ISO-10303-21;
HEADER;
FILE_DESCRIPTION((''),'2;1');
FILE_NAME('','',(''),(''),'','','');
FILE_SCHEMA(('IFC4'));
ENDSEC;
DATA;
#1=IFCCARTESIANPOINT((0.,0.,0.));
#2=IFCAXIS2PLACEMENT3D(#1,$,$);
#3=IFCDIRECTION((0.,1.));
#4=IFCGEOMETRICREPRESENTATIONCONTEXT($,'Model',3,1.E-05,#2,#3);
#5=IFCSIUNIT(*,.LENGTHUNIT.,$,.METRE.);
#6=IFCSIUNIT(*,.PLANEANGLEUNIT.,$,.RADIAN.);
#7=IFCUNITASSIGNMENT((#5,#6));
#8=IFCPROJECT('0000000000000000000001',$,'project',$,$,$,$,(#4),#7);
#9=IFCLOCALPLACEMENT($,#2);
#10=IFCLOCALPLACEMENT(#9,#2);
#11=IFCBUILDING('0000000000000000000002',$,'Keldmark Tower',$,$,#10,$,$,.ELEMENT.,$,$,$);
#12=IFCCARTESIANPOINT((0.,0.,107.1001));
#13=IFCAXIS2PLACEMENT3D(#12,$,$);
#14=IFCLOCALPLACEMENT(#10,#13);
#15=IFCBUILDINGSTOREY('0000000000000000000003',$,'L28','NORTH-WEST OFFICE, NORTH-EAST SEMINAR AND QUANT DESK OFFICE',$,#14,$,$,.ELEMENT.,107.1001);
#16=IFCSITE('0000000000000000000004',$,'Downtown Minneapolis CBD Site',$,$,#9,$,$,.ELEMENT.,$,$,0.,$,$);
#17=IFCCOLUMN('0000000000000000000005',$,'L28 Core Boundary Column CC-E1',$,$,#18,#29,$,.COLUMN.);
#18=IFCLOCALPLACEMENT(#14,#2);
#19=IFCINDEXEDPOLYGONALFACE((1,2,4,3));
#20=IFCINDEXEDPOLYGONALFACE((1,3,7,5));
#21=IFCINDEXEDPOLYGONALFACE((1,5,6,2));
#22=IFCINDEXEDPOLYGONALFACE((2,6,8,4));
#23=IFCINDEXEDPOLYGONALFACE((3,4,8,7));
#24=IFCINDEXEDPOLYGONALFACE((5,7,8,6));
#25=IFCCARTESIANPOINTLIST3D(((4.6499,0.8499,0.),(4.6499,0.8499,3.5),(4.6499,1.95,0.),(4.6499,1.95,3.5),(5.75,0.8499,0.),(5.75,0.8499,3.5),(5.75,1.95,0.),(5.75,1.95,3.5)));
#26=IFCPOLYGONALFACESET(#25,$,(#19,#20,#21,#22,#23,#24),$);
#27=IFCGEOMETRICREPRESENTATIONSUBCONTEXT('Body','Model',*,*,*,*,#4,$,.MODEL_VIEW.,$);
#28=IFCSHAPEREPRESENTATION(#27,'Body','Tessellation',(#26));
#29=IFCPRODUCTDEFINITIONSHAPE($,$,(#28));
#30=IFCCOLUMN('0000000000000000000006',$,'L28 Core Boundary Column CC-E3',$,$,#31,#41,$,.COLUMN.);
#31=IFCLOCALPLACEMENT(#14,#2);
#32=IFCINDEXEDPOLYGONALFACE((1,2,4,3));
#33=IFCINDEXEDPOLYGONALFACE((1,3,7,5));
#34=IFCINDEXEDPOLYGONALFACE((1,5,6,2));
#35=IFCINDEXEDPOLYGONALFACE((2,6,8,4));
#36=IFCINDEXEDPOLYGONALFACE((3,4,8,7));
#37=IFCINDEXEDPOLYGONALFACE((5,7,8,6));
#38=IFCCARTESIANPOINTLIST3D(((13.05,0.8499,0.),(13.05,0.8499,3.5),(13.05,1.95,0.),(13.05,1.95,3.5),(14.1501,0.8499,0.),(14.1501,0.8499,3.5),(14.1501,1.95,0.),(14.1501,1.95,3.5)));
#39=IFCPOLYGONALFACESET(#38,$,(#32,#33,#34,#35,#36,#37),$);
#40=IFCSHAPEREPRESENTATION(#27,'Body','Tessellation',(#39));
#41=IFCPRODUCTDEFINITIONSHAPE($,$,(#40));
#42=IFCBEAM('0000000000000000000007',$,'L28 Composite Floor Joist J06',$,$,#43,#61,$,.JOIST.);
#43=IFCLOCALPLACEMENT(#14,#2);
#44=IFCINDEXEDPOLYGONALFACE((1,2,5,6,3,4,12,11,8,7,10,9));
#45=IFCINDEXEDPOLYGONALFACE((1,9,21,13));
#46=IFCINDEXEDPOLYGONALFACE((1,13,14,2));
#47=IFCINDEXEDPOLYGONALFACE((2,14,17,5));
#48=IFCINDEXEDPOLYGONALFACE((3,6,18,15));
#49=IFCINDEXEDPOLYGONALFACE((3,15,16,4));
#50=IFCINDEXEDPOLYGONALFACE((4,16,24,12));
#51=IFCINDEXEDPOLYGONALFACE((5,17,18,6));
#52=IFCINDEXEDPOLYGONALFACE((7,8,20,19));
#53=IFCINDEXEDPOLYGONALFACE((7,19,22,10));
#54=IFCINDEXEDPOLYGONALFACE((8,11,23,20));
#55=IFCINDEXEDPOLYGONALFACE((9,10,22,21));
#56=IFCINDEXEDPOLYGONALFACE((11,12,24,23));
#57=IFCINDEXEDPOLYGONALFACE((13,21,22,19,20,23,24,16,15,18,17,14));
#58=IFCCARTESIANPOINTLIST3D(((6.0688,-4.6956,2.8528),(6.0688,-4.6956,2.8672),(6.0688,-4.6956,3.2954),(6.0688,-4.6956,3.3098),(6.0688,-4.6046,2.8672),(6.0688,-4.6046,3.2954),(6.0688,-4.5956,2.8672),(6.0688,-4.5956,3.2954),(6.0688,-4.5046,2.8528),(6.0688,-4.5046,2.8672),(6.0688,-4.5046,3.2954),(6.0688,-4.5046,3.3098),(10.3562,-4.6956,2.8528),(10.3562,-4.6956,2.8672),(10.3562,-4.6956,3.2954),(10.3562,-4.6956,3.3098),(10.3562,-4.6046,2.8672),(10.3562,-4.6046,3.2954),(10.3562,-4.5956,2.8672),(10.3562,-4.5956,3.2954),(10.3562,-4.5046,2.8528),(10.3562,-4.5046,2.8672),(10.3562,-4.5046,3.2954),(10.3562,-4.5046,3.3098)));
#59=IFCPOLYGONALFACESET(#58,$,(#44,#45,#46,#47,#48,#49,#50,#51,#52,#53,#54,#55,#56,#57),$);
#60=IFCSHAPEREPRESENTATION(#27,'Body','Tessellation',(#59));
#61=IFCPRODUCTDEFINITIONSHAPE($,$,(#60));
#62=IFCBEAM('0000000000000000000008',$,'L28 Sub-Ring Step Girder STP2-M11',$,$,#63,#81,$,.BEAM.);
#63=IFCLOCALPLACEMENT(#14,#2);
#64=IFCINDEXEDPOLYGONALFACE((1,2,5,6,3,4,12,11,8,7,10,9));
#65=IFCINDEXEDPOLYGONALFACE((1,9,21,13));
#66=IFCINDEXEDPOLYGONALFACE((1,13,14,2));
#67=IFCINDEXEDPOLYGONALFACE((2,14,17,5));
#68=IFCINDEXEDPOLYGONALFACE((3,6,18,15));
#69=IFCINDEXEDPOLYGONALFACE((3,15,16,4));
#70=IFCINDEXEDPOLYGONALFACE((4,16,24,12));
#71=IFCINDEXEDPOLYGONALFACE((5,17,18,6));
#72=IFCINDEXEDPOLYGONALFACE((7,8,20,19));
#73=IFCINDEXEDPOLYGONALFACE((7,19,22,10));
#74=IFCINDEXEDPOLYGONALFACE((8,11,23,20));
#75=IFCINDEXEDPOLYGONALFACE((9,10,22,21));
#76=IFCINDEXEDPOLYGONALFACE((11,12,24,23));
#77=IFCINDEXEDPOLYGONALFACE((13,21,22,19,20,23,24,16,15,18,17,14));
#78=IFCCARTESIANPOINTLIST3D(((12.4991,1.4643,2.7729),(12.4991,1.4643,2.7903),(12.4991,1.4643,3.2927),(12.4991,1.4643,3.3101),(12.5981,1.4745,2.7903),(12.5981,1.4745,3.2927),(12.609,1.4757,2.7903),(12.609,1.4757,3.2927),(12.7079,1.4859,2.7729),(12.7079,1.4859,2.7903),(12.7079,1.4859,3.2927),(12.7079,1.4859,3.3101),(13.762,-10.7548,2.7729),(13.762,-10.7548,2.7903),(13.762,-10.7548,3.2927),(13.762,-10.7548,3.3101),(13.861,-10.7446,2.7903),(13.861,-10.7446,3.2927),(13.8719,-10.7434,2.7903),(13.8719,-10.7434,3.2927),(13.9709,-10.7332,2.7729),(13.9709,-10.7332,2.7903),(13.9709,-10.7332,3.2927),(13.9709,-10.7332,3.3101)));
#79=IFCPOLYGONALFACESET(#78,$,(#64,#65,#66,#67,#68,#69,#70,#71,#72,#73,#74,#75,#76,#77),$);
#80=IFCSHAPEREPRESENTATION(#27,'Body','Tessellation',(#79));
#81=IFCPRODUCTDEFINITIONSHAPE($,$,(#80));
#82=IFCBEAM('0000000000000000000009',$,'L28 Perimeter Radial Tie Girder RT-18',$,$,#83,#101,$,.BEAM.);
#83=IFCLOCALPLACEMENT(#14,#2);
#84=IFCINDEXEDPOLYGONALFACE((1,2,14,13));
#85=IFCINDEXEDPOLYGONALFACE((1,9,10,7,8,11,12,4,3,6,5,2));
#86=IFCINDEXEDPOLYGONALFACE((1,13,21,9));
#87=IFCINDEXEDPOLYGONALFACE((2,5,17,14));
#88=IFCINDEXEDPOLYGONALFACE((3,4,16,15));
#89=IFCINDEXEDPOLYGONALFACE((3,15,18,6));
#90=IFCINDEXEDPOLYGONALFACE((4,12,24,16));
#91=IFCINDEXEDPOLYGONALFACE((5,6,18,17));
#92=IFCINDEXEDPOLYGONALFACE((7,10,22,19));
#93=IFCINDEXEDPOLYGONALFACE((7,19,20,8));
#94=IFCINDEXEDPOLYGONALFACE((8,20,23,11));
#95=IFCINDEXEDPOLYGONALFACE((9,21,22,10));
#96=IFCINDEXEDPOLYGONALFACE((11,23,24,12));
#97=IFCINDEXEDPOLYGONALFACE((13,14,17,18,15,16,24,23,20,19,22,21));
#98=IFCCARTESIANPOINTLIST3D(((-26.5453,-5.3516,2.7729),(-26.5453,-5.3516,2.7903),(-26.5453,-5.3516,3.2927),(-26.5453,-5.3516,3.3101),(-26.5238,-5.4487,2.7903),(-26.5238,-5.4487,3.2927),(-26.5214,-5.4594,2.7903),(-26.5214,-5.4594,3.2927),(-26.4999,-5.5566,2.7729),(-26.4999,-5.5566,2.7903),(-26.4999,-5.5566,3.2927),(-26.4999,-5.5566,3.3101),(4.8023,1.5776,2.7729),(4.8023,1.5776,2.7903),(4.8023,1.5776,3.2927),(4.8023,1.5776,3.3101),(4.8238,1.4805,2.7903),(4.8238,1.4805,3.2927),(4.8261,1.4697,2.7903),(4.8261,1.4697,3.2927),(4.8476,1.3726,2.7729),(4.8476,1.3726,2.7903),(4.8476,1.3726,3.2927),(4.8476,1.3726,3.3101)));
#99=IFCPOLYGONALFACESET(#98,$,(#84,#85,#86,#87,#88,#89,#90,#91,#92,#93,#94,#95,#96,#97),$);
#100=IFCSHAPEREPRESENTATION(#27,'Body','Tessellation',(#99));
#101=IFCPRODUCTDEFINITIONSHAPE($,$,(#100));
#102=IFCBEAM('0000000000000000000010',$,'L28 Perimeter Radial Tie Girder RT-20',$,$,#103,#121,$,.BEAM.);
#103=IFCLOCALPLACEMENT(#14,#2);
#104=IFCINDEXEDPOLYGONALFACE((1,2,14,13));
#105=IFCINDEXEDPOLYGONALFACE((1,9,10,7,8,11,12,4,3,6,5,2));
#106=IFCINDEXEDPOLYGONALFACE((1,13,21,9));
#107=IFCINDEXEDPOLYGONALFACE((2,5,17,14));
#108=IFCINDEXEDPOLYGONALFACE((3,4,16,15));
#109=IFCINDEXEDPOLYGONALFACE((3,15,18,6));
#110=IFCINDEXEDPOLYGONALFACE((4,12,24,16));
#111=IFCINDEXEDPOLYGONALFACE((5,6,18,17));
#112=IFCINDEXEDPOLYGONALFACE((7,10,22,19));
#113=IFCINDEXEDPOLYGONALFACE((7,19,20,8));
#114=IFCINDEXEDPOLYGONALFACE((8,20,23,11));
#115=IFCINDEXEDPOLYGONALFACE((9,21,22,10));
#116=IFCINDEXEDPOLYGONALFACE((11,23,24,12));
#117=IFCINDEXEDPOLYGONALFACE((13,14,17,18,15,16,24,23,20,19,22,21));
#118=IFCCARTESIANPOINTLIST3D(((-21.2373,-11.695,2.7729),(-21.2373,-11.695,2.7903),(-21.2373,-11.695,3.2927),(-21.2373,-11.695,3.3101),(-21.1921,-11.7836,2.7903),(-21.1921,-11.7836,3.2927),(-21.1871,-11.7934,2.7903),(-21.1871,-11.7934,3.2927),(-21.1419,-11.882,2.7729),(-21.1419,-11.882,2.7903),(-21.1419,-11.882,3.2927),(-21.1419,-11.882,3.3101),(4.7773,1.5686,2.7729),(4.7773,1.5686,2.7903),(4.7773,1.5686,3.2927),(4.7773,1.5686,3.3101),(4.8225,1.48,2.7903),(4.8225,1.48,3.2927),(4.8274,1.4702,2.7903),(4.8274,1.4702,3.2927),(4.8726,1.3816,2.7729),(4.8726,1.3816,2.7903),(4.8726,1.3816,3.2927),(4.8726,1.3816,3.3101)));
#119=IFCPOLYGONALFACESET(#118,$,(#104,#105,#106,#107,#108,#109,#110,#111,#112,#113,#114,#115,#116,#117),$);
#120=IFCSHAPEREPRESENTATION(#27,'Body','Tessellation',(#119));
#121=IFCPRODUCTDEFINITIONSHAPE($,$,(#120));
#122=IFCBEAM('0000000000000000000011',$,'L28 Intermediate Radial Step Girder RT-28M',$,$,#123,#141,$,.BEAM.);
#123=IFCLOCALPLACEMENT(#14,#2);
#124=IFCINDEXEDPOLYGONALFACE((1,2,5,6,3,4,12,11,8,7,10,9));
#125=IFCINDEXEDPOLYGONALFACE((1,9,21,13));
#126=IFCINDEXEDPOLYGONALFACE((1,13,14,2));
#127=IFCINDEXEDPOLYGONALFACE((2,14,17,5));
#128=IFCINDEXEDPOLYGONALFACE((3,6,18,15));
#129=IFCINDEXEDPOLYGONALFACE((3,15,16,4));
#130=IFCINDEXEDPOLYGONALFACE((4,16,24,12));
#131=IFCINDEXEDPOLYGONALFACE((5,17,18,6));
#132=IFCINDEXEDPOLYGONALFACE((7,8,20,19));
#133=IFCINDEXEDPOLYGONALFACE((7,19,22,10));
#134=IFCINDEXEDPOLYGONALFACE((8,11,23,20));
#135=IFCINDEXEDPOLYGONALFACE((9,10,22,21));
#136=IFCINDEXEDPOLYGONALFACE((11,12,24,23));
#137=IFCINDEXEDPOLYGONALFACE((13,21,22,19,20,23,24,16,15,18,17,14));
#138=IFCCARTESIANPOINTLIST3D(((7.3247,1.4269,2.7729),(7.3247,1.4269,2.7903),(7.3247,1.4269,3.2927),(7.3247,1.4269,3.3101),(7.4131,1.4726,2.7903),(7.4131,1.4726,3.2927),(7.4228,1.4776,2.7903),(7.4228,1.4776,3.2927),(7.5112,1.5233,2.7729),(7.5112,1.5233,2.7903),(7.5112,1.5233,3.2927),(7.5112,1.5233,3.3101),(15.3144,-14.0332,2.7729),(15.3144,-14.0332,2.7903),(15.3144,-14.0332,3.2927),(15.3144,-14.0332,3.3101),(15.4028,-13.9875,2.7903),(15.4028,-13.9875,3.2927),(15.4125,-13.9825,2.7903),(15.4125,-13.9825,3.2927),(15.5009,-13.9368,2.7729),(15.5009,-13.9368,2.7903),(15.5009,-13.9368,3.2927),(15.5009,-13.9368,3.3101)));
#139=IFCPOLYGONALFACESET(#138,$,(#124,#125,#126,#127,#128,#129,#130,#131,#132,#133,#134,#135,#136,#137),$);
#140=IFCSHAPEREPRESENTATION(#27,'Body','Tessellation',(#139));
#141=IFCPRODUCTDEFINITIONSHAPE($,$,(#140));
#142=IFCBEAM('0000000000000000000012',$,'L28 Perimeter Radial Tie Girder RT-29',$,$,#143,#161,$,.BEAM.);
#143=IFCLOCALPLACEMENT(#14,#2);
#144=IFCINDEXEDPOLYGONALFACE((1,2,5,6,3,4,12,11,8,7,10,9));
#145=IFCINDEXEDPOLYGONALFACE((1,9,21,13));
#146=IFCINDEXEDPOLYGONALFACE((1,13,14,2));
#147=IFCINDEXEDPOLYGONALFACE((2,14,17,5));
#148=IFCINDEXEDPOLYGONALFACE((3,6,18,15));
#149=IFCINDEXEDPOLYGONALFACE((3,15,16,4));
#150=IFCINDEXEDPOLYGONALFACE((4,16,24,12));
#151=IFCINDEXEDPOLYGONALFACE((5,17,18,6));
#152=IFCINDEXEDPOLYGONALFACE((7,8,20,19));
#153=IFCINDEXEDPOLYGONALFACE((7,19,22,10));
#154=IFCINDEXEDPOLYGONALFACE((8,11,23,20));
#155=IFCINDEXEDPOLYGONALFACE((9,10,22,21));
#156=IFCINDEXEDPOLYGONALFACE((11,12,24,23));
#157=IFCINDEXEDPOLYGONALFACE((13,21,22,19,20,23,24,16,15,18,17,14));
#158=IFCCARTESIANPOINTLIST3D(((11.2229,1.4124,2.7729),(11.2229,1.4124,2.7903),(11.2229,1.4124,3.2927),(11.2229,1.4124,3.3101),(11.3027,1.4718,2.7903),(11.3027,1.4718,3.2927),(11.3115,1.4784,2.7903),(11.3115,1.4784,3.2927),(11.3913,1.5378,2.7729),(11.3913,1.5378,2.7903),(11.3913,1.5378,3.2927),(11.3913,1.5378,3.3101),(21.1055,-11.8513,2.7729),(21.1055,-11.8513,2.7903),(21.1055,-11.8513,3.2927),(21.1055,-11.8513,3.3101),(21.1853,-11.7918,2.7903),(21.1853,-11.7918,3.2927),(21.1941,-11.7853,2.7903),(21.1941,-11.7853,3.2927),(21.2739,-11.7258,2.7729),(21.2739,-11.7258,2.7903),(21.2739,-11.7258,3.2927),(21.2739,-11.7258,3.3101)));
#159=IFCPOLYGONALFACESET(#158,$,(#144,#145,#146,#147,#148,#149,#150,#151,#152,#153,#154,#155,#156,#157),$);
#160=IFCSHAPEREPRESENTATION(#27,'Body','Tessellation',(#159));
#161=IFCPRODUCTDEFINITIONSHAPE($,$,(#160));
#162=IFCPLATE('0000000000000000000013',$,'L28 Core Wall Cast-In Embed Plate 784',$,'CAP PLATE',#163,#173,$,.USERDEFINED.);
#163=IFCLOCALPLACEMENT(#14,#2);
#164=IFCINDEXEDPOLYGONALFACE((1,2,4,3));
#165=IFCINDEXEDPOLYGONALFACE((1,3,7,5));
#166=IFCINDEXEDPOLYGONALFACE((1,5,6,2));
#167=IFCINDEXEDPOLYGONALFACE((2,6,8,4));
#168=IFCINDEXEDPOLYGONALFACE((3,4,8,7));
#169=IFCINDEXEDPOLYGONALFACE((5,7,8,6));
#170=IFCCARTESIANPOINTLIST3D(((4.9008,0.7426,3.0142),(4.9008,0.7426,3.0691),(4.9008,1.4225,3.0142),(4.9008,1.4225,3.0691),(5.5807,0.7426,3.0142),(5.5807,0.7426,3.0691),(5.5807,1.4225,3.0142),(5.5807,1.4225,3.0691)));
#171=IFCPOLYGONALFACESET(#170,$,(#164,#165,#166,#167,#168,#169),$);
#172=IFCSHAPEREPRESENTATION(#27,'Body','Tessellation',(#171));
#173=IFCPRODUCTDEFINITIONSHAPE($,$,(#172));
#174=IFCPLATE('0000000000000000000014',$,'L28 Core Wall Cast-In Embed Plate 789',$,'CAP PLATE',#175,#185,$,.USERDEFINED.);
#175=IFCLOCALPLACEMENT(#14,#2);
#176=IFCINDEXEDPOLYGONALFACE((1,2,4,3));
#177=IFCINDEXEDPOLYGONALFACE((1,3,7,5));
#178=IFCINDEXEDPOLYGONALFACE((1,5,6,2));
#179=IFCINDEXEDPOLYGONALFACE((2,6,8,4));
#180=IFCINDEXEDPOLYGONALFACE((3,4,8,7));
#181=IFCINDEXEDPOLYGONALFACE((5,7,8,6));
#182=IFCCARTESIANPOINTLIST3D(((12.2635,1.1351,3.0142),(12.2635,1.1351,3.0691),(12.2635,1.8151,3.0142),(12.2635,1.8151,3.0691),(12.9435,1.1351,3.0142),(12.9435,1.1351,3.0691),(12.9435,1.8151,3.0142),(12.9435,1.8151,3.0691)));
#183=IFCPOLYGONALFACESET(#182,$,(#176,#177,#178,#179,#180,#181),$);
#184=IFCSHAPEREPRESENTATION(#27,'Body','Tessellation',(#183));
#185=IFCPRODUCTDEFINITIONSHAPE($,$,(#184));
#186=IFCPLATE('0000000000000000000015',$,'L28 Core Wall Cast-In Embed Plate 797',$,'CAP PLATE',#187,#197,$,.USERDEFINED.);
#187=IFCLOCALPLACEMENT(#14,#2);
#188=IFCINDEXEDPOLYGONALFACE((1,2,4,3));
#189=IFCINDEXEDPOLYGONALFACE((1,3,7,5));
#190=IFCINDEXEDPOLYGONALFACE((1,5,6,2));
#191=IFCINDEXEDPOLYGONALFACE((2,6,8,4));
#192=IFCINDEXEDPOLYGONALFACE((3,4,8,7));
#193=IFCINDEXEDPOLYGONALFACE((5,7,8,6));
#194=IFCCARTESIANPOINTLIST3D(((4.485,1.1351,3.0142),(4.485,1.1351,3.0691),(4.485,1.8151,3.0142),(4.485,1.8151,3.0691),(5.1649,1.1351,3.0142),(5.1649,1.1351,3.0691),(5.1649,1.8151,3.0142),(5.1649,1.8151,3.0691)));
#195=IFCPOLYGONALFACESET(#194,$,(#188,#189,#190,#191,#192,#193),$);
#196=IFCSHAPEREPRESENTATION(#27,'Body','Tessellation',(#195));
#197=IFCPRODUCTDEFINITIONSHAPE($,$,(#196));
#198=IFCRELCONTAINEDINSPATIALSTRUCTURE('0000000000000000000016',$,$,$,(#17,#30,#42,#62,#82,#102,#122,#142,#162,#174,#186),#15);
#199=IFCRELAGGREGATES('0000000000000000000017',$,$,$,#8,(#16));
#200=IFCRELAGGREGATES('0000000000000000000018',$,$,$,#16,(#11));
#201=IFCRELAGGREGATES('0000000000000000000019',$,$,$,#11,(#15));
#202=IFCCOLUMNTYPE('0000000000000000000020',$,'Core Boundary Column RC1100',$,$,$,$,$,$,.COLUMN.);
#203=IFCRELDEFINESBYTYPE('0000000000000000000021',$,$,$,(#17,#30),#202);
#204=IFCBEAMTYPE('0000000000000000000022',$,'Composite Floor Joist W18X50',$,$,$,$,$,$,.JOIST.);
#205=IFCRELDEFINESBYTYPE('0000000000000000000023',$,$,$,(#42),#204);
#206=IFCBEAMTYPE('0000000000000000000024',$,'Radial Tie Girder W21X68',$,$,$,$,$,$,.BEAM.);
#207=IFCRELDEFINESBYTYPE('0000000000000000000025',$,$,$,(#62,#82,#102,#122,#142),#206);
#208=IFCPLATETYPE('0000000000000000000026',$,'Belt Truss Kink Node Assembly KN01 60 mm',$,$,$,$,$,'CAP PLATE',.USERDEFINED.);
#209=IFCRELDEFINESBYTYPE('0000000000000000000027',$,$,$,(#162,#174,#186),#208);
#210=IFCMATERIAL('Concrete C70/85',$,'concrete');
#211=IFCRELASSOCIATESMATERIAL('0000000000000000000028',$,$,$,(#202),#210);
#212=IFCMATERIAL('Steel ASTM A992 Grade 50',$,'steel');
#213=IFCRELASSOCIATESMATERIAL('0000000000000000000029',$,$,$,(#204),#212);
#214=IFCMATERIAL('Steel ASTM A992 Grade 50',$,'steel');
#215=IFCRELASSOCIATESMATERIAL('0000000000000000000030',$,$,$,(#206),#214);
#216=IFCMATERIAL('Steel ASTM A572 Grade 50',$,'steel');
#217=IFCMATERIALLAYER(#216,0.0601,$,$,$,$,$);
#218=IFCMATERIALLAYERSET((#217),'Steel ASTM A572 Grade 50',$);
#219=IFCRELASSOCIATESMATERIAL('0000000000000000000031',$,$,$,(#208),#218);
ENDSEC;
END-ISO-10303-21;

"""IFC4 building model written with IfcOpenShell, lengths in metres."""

from ifc_helpers import new_model, si_unit, direction, frame, origin, origin_2d, place, context, subcontext, project, spatial, rectangle, i_section, extrude, material, layer, layer_set, material_profile, profile_set, type_object, element, save


model = new_model("IFC4")

# Units and contexts
model_context = context("Model", 3, precision=1e-05, world=origin(), true_north=direction((0.0, 1.0)))
body_context = subcontext(model_context, "Body", "Model", "MODEL_VIEW")
ifc_project = project(units=[si_unit("LENGTHUNIT", "METRE"), si_unit("PLANEANGLEUNIT", "RADIAN")], contexts=[model_context])

# Site, building, storey
site_placement = place(None, origin())
site = spatial("IfcSite", under=ifc_project, at=site_placement, Name="Downtown Minneapolis CBD Site", CompositionType="ELEMENT", RefElevation=0.0)
building_placement = place(site_placement, origin())
building = spatial("IfcBuilding", under=site, at=building_placement, Name="Keldmark Tower", CompositionType="ELEMENT")
storey_placement = place(building_placement, frame((0.0, 0.0, 107.1001)))
storey = spatial("IfcBuildingStorey", under=building, at=storey_placement, Name="L28", Description="NORTH-WEST OFFICE, NORTH-EAST SEMINAR AND QUANT DESK OFFICE", CompositionType="ELEMENT", Elevation=107.1001)

# Columns
ifc_material_1 = material(Name="Concrete C70/85", Category="concrete")
ifc_material_profile_1 = material_profile(ifc_material_1, rectangle(XDim=1.1001, YDim=1.1001, at=origin_2d()), Name="RC1100X1100")
ifc_profile_set_1 = profile_set([ifc_material_profile_1], Name="Concrete C70/85")
column_type = type_object("IfcColumnType", Name="Core Boundary Column RC1100", PredefinedType="COLUMN", material=ifc_profile_set_1)
for number, where, z_axis, x_axis, name in (
    (1, (5.2, 1.3999, 0.0), (0.0, 0.0, 1.0), (1.0, 0.0, 0.0), "L28 Core Boundary Column CC-E1"),
    (2, (13.6001, 1.3999, 0.0), (0.0, 0.0, 1.0), (1.0, 0.0, 0.0), "L28 Core Boundary Column CC-E3"),
):
    element("IfcColumn", number, at=place(storey_placement, frame(where, z_axis=z_axis, x_axis=x_axis)), inside=storey, type_object=column_type, Name=name, PredefinedType="COLUMN", context=body_context, shape_type="SweptSolid", body=[
        extrude(rectangle(XDim=1.1001, YDim=1.1001, at=origin_2d()), origin(), (0.0, 0.0, 1.0), 3.5),
    ])

# Beams
ifc_material_2 = material(Name="Steel ASTM A992 Grade 50", Category="steel")
ifc_material_profile_2 = material_profile(ifc_material_2, i_section(OverallWidth=0.1909, OverallDepth=0.457, WebThickness=0.009, FlangeThickness=0.0144, at=origin_2d()), Name="W18X50")
ifc_profile_set_2 = profile_set([ifc_material_profile_2], Name="Steel ASTM A992 Grade 50")
beam_type_1 = type_object("IfcBeamType", Name="Composite Floor Joist W18X50", PredefinedType="JOIST", material=ifc_profile_set_2)
beam_1_placement = place(storey_placement, frame((6.0688, -4.6001, 3.0813), z_axis=(1.0, 0.0, 0.0), x_axis=(0.0, 1.0, 0.0)))
element("IfcBeam", 3, at=beam_1_placement, inside=storey, type_object=beam_type_1, Name="L28 Composite Floor Joist J06", PredefinedType="JOIST", context=body_context, shape_type="SweptSolid", body=[
    extrude(i_section(OverallWidth=0.1909, OverallDepth=0.457, WebThickness=0.009, FlangeThickness=0.0144, at=origin_2d()), origin(), (0.0, 0.0, 1.0), 4.2874),
])
ifc_material_3 = material(Name="Steel ASTM A992 Grade 50", Category="steel")
ifc_material_profile_3 = material_profile(ifc_material_3, i_section(OverallWidth=0.21, OverallDepth=0.5371, WebThickness=0.011, FlangeThickness=0.0173, at=origin_2d()), Name="W21X68")
ifc_profile_set_3 = profile_set([ifc_material_profile_3], Name="Steel ASTM A992 Grade 50")
beam_type_2 = type_object("IfcBeamType", Name="Radial Tie Girder W21X68", PredefinedType="BEAM", material=ifc_profile_set_3)
beam_2_placement = place(storey_placement, frame((12.6035, 1.4751, 3.0415), z_axis=(0.102811, -0.994701, 0.0), x_axis=(0.994701, 0.102811, 0.0)))
element("IfcBeam", 4, at=beam_2_placement, inside=storey, type_object=beam_type_2, Name="L28 Sub-Ring Step Girder STP2-M11", PredefinedType="BEAM", context=body_context, shape_type="SweptSolid", body=[
    extrude(i_section(OverallWidth=0.21, OverallDepth=0.5371, WebThickness=0.011, FlangeThickness=0.0173, at=origin_2d()), origin(), (0.0, 0.0, 1.0), 12.2842),
])
beam_3_placement = place(storey_placement, frame((4.825, 1.4751, 3.0415), z_axis=(-0.97643, -0.215834, 0.0), x_axis=(0.215834, -0.97643, 0.0)))
element("IfcBeam", 5, at=beam_3_placement, inside=storey, type_object=beam_type_2, Name="L28 Perimeter Radial Tie Girder RT-18", PredefinedType="BEAM", context=body_context, shape_type="SweptSolid", body=[
    extrude(i_section(OverallWidth=0.21, OverallDepth=0.5371, WebThickness=0.011, FlangeThickness=0.0173, at=origin_2d()), origin(), (0.0, 0.0, 1.0), 32.1042),
])
beam_4_placement = place(storey_placement, frame((4.825, 1.4751, 3.0415), z_axis=(-0.890888, -0.454223, 0.0), x_axis=(0.454223, -0.890888, 0.0)))
element("IfcBeam", 6, at=beam_4_placement, inside=storey, type_object=beam_type_2, Name="L28 Perimeter Radial Tie Girder RT-20", PredefinedType="BEAM", context=body_context, shape_type="SweptSolid", body=[
    extrude(i_section(OverallWidth=0.21, OverallDepth=0.5371, WebThickness=0.011, FlangeThickness=0.0173, at=origin_2d()), origin(), (0.0, 0.0, 1.0), 29.2007),
])
beam_5_placement = place(storey_placement, frame((7.418, 1.4751, 3.0415), z_axis=(0.45911, -0.88838, 0.0), x_axis=(0.88838, 0.45911, 0.0)))
element("IfcBeam", 7, at=beam_5_placement, inside=storey, type_object=beam_type_2, Name="L28 Intermediate Radial Step Girder RT-28M", PredefinedType="BEAM", context=body_context, shape_type="SweptSolid", body=[
    extrude(i_section(OverallWidth=0.21, OverallDepth=0.5371, WebThickness=0.011, FlangeThickness=0.0173, at=origin_2d()), origin(), (0.0, 0.0, 1.0), 17.4026),
])
beam_6_placement = place(storey_placement, frame((11.3071, 1.4751, 3.0415), z_axis=(0.597475, -0.801888, 0.0), x_axis=(0.801888, 0.597475, 0.0)))
element("IfcBeam", 8, at=beam_6_placement, inside=storey, type_object=beam_type_2, Name="L28 Perimeter Radial Tie Girder RT-29", PredefinedType="BEAM", context=body_context, shape_type="SweptSolid", body=[
    extrude(i_section(OverallWidth=0.21, OverallDepth=0.5371, WebThickness=0.011, FlangeThickness=0.0173, at=origin_2d()), origin(), (0.0, 0.0, 1.0), 16.5405),
])

# Plates
ifc_material_4 = material(Name="Steel ASTM A572 Grade 50", Category="steel")
ifc_layer_1 = layer(ifc_material_4, 0.0601)
ifc_layer_set_1 = layer_set([ifc_layer_1], Name="Steel ASTM A572 Grade 50")
plate_type = type_object("IfcPlateType", Name="Belt Truss Kink Node Assembly KN01 60 mm", ElementType="CAP PLATE", PredefinedType="USERDEFINED", material=ifc_layer_set_1)
for number, where, z_axis, x_axis, name in (
    (9, (5.2407, 1.0825, 3.0142), (0.0, 0.0, 1.0), (1.0, 0.0, 0.0), "L28 Core Wall Cast-In Embed Plate 784"),
    (10, (12.6035, 1.4751, 3.0142), (0.0, 0.0, 1.0), (1.0, 0.0, 0.0), "L28 Core Wall Cast-In Embed Plate 789"),
    (11, (4.825, 1.4751, 3.0142), (0.0, 0.0, 1.0), (1.0, 0.0, 0.0), "L28 Core Wall Cast-In Embed Plate 797"),
):
    element("IfcPlate", number, at=place(storey_placement, frame(where, z_axis=z_axis, x_axis=x_axis)), inside=storey, type_object=plate_type, Name=name, ObjectType="CAP PLATE", PredefinedType="USERDEFINED", context=body_context, shape_type="SweptSolid", body=[
        extrude(rectangle(XDim=0.6799, YDim=0.6799, at=origin_2d()), origin(), (0.0, 0.0, 1.0), 0.0549),
    ])

save(model, "model.ifc")
